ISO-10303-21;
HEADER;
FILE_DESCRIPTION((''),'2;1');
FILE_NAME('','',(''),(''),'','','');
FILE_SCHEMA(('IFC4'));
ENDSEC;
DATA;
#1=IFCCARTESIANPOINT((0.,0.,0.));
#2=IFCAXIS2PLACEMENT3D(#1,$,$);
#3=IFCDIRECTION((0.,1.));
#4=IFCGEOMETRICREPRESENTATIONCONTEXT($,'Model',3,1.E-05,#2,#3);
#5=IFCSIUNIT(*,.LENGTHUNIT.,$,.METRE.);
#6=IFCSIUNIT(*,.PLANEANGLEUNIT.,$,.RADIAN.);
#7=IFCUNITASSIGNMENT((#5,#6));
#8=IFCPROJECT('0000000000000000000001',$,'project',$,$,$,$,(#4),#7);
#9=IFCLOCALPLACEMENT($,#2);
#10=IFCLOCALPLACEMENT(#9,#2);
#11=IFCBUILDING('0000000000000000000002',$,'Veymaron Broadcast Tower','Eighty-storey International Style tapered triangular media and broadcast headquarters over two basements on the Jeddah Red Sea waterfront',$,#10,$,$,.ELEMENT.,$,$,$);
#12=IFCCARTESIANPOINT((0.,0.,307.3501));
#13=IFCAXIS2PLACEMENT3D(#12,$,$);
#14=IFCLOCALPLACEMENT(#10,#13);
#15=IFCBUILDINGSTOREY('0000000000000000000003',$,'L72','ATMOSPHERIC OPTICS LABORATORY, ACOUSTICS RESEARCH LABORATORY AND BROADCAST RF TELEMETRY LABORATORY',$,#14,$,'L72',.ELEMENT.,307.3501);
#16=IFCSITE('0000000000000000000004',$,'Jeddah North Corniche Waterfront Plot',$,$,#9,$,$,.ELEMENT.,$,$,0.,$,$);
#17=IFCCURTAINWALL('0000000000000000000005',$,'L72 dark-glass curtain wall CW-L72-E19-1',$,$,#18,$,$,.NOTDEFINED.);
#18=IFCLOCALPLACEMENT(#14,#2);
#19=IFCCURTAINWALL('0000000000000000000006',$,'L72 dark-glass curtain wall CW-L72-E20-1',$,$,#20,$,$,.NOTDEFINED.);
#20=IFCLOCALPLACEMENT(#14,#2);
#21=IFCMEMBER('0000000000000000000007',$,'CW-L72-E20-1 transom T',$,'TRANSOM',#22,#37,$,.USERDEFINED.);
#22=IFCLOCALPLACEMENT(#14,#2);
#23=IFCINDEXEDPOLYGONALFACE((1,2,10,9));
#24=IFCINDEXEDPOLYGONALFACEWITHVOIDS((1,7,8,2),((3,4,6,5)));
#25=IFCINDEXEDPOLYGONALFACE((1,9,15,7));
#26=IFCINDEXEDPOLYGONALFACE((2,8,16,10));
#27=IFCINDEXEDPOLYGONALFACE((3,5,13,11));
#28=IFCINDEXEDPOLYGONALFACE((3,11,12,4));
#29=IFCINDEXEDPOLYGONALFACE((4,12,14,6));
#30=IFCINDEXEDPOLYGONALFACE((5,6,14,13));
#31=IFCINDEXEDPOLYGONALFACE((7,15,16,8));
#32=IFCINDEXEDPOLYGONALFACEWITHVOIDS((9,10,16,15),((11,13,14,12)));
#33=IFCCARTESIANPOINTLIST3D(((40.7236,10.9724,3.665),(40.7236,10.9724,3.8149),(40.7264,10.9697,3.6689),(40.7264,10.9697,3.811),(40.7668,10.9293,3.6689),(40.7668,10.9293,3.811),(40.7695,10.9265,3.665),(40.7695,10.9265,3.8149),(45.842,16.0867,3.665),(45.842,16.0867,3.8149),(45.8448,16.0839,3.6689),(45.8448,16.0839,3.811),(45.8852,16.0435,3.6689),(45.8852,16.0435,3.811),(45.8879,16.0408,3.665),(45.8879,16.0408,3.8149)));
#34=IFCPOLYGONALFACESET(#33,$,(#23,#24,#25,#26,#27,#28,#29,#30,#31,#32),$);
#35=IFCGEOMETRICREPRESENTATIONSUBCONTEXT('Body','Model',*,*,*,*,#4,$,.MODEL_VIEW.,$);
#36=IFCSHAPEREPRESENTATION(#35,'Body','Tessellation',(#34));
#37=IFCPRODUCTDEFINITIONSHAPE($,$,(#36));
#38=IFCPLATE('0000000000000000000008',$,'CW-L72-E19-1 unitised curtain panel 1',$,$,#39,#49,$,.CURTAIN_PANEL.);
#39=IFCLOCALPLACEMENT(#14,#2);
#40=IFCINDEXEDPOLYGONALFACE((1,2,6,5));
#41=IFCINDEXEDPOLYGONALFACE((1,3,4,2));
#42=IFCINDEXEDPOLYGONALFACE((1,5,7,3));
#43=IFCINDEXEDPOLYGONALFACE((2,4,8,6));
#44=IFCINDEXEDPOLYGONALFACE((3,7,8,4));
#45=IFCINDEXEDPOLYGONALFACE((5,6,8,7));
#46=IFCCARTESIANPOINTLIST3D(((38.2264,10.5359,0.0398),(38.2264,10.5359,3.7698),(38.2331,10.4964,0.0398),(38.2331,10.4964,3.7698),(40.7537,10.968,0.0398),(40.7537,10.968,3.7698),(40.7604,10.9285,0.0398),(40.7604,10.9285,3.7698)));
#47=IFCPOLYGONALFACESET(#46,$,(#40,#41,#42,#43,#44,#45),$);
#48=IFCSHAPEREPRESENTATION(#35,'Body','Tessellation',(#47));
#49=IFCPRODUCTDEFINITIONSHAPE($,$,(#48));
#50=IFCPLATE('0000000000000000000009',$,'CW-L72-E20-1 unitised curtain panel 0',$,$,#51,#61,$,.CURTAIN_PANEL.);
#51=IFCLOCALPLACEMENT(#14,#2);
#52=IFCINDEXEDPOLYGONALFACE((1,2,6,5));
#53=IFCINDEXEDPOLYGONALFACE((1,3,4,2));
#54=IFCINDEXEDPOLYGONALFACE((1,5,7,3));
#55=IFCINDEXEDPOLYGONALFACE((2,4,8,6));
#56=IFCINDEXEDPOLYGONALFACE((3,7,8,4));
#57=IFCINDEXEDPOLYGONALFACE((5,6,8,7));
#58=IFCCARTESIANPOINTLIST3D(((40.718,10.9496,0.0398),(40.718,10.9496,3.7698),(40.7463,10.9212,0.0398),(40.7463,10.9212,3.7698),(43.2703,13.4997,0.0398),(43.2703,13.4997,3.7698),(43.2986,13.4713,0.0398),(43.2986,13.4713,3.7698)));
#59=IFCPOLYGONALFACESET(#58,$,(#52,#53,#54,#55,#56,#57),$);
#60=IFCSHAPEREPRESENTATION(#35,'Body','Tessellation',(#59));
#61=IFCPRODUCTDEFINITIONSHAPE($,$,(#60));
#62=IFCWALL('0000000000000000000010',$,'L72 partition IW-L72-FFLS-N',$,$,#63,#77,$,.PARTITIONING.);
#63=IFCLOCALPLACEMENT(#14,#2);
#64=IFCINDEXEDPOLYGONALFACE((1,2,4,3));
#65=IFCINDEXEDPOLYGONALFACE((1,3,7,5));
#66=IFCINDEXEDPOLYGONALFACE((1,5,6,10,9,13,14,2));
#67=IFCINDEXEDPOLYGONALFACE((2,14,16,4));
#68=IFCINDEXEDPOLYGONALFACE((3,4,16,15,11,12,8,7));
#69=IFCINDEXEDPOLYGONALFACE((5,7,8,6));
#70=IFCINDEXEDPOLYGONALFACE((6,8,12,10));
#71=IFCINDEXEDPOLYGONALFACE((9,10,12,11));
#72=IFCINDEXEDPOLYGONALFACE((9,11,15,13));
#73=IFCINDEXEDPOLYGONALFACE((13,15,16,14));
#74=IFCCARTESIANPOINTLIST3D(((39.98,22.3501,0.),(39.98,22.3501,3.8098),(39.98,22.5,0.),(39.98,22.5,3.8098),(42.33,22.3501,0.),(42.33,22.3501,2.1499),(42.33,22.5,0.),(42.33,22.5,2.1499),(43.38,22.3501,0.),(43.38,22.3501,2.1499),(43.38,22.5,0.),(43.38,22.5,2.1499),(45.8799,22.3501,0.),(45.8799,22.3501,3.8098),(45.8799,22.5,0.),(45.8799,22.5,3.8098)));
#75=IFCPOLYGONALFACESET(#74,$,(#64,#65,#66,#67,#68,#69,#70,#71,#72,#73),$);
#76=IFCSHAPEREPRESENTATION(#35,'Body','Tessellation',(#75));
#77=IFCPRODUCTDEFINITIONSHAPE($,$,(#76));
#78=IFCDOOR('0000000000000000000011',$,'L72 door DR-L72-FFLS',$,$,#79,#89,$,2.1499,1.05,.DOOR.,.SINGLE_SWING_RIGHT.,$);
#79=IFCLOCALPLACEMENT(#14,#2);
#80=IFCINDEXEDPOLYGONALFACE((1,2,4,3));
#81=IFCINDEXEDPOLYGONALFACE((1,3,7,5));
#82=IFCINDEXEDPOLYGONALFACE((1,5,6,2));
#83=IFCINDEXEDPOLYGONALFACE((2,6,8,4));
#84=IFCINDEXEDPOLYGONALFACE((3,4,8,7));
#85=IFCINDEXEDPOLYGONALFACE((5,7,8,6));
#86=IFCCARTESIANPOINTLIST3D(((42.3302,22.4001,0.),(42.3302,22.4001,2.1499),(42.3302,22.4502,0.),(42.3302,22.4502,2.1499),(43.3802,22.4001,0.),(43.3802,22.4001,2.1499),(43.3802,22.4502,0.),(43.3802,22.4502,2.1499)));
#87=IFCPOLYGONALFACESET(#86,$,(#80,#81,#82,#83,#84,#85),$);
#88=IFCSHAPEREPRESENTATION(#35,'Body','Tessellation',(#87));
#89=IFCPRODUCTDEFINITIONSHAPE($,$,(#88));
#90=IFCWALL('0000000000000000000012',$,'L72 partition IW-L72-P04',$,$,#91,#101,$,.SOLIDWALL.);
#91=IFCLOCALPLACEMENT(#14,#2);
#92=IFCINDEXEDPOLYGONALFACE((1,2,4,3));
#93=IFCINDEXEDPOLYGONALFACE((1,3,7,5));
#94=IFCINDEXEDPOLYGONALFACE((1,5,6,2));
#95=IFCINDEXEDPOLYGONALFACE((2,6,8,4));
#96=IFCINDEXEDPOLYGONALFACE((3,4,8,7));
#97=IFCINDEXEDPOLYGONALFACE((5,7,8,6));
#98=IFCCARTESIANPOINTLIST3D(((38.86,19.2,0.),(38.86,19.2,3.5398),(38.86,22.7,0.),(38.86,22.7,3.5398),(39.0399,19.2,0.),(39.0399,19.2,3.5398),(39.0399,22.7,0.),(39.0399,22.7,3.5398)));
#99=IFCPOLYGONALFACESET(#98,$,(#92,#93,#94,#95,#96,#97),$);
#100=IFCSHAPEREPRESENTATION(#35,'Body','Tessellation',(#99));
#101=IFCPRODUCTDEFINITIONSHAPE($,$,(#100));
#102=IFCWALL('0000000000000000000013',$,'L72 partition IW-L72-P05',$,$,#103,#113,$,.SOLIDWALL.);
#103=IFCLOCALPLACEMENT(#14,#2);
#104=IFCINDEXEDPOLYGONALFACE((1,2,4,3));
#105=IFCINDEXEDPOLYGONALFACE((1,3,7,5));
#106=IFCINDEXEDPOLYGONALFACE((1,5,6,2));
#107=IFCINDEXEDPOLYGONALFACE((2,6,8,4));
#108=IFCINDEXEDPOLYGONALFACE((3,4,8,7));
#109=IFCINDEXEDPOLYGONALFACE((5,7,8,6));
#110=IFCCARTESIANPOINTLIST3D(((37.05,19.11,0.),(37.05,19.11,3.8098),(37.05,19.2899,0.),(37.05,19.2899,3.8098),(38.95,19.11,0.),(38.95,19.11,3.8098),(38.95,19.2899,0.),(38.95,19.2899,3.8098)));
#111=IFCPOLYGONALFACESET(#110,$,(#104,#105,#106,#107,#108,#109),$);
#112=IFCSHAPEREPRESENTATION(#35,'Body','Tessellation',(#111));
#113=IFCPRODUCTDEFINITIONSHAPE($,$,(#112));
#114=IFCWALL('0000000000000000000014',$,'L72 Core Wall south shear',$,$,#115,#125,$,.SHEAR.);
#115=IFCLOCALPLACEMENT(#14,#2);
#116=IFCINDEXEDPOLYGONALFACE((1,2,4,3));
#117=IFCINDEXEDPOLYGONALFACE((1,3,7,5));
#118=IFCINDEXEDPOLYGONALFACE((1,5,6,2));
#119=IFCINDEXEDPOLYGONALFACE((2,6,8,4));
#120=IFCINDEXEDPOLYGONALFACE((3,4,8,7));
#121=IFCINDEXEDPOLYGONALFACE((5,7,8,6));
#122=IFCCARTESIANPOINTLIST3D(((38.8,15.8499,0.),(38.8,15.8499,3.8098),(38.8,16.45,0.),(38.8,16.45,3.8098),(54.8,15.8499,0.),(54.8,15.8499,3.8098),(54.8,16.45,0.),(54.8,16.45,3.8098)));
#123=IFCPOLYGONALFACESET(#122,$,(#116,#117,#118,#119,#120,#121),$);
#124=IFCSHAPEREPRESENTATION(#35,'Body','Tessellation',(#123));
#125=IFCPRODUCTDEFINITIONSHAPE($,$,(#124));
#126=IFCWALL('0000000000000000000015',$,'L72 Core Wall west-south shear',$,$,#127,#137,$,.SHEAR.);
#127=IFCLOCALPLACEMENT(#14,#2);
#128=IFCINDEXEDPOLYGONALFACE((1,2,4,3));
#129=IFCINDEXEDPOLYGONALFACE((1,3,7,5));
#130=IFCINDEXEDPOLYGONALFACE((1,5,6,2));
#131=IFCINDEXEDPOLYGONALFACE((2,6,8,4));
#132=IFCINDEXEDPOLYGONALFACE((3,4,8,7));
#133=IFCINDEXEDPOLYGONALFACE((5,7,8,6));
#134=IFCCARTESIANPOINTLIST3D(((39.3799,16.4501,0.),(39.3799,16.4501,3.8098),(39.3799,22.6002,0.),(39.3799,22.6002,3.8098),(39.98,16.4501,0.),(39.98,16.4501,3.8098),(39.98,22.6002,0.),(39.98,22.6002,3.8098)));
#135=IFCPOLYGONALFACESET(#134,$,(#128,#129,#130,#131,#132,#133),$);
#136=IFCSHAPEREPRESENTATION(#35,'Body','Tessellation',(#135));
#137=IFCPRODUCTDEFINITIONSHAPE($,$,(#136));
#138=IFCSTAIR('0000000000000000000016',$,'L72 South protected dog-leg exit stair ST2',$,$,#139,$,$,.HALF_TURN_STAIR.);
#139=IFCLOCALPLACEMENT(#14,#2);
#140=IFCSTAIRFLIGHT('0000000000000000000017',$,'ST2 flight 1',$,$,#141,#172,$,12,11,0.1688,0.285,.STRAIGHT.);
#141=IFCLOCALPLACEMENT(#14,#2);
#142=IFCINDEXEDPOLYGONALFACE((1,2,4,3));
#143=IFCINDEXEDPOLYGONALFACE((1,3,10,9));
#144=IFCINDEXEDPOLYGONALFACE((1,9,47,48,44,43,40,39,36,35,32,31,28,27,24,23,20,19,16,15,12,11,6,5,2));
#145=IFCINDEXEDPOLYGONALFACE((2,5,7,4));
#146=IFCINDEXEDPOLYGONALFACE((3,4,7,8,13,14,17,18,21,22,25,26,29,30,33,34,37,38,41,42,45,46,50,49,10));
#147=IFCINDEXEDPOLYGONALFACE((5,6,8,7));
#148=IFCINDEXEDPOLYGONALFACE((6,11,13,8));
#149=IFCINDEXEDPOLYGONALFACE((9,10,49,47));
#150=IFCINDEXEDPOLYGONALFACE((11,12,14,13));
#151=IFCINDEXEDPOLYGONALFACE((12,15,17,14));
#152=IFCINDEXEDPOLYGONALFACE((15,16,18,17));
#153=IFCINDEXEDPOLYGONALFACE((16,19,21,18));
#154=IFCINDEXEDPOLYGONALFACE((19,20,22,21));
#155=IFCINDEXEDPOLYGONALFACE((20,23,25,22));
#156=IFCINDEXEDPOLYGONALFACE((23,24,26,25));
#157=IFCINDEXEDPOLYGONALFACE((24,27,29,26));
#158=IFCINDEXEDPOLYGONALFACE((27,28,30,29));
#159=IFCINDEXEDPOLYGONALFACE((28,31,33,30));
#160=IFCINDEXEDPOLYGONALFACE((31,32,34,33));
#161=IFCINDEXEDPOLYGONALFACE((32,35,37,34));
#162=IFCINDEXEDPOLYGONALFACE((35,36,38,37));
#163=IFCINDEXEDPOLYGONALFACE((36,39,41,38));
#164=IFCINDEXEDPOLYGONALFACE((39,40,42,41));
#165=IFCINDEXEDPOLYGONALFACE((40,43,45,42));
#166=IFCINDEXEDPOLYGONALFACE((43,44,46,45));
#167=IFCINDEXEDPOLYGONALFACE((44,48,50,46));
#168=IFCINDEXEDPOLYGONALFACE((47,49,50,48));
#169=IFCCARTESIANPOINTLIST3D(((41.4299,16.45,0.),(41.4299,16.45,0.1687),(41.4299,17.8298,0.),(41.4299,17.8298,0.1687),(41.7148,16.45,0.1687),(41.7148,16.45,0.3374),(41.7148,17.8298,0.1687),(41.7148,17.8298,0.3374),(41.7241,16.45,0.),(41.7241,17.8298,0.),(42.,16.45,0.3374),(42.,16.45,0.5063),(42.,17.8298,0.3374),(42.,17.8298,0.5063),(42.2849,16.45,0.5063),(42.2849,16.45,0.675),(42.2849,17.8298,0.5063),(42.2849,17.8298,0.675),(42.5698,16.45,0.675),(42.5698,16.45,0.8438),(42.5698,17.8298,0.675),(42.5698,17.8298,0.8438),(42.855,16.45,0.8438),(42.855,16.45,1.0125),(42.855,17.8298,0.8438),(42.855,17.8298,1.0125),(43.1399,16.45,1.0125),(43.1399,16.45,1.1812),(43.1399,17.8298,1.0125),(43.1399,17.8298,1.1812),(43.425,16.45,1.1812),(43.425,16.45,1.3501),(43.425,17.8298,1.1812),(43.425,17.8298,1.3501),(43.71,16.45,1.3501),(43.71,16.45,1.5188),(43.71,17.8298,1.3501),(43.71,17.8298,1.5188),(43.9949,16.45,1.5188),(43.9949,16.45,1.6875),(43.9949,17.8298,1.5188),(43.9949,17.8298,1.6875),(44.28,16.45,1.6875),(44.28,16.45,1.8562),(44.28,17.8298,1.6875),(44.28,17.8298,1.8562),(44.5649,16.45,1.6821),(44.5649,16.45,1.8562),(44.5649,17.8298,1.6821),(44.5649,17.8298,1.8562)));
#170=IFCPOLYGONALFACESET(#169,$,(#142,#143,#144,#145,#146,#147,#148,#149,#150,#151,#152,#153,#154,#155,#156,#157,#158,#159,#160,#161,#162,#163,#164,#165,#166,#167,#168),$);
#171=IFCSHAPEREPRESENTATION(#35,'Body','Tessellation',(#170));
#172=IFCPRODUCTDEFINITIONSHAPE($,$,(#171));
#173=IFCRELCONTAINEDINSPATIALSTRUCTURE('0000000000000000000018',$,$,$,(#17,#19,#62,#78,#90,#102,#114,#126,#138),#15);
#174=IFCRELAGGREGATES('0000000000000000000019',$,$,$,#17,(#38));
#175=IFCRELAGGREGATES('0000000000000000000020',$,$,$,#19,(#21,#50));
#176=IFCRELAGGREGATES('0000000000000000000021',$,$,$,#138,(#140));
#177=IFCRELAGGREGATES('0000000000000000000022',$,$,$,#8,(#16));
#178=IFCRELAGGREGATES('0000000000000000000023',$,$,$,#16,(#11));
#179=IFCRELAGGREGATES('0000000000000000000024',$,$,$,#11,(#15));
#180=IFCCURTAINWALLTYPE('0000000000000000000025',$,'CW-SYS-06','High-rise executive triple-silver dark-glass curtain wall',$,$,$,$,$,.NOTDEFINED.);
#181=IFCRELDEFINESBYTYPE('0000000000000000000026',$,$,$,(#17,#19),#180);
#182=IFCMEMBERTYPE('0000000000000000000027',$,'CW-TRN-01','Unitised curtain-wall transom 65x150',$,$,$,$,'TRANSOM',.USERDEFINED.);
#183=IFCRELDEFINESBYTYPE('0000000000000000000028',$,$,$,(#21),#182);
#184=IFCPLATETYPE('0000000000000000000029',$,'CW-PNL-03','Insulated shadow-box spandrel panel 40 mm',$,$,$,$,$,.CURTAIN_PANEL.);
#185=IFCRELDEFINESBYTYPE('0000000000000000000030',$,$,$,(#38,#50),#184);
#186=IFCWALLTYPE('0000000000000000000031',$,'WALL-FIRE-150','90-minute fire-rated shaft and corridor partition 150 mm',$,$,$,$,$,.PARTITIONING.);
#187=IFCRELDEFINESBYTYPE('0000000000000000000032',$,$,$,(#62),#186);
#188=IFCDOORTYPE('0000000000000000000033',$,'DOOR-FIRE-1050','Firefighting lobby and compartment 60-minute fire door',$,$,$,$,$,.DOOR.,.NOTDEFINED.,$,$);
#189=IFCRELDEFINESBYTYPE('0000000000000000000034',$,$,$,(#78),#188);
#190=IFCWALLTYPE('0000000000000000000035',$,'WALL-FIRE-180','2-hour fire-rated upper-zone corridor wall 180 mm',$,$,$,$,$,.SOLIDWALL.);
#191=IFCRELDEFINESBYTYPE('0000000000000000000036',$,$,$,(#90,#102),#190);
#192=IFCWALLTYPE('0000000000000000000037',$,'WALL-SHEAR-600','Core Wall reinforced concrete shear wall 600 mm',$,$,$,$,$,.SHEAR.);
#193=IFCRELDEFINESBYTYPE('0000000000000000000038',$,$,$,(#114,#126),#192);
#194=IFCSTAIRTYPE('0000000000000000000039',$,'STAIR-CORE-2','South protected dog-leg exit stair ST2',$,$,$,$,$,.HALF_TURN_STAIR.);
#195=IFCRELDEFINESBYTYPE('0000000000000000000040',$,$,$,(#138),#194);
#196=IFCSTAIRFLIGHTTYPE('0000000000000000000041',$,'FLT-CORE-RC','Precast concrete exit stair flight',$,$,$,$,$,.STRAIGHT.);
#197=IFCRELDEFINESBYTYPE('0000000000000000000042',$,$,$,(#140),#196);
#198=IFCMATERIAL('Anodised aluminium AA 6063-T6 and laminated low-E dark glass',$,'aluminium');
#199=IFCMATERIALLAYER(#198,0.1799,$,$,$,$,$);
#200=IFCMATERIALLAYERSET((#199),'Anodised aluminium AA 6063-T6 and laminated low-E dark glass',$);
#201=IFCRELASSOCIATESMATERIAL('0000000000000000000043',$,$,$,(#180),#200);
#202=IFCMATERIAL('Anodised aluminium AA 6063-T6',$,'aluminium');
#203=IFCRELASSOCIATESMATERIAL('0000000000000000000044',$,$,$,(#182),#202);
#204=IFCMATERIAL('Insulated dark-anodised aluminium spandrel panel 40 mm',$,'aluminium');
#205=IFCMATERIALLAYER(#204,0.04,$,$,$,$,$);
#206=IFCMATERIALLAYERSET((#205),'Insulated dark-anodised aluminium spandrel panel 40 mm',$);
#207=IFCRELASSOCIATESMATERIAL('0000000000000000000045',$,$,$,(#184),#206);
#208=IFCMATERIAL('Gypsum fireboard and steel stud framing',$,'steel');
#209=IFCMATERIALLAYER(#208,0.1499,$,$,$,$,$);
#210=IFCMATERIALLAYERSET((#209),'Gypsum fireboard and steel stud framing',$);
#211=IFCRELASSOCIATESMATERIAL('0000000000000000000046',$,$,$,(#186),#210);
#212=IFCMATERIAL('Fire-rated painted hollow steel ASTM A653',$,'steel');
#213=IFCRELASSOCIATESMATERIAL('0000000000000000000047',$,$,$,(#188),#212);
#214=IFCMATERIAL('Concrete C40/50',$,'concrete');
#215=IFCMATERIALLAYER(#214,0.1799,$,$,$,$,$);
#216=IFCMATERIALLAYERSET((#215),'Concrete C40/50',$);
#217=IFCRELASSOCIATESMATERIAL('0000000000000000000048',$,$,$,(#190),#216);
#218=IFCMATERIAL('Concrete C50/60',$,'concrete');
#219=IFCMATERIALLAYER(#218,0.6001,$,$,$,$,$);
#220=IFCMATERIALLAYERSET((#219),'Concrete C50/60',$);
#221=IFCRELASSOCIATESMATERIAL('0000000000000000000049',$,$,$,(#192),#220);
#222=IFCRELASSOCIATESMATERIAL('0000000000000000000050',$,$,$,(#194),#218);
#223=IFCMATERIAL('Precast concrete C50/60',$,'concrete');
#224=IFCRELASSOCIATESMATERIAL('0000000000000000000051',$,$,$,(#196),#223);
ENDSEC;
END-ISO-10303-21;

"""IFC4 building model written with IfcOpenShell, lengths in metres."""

from ifc_helpers import new_model, si_unit, direction, frame, frame_2d, origin, origin_2d, place, context, subcontext, project, spatial, polyline, rectangle, hollow_rectangle, outline, extrude, material, layer, layer_set, material_profile, profile_set, type_object, element, fill, aggregate, save


model = new_model("IFC4")

# Units and contexts
model_context = context("Model", 3, precision=1e-05, world=origin(), true_north=direction((0.0, 1.0)))
body_context = subcontext(model_context, "Body", "Model", "MODEL_VIEW")
ifc_project = project(units=[si_unit("LENGTHUNIT", "METRE"), si_unit("PLANEANGLEUNIT", "RADIAN")], contexts=[model_context])

# Site, building, storey
site_placement = place(None, origin())
site = spatial("IfcSite", under=ifc_project, at=site_placement, Name="Jeddah North Corniche Waterfront Plot", CompositionType="ELEMENT", RefElevation=0.0)
building_placement = place(site_placement, origin())
building = spatial("IfcBuilding", under=site, at=building_placement, Name="Veymaron Broadcast Tower", Description="Eighty-storey International Style tapered triangular media and broadcast headquarters over two basements on the Jeddah Red Sea waterfront", CompositionType="ELEMENT")
storey_placement = place(building_placement, frame((0.0, 0.0, 307.3501)))
storey = spatial("IfcBuildingStorey", under=building, at=storey_placement, Name="L72", Description="ATMOSPHERIC OPTICS LABORATORY, ACOUSTICS RESEARCH LABORATORY AND BROADCAST RF TELEMETRY LABORATORY", LongName="L72", CompositionType="ELEMENT", Elevation=307.3501)

# Curtain walls, member
ifc_material_1 = material(Name="Anodised aluminium AA 6063-T6 and laminated low-E dark glass", Category="aluminium")
ifc_layer_1 = layer(ifc_material_1, 0.1799)
ifc_layer_set_1 = layer_set([ifc_layer_1], Name="Anodised aluminium AA 6063-T6 and laminated low-E dark glass")
curtain_wall_type = type_object("IfcCurtainWallType", Name="CW-SYS-06", Description="High-rise executive triple-silver dark-glass curtain wall", PredefinedType="NOTDEFINED", material=ifc_layer_set_1)
curtain_wall_1_placement = place(storey_placement, origin())
curtain_wall_1 = element("IfcCurtainWall", 1, at=curtain_wall_1_placement, inside=storey, type_object=curtain_wall_type, Name="L72 dark-glass curtain wall CW-L72-E19-1", PredefinedType="NOTDEFINED")
ifc_material_2 = material(Name="Anodised aluminium AA 6063-T6", Category="aluminium")
curtain_wall_2_placement = place(storey_placement, origin())
curtain_wall_2 = element("IfcCurtainWall", 2, at=curtain_wall_2_placement, inside=storey, type_object=curtain_wall_type, Name="L72 dark-glass curtain wall CW-L72-E20-1", PredefinedType="NOTDEFINED")
ifc_material_profile_1 = material_profile(ifc_material_2, hollow_rectangle(XDim=0.0649, YDim=0.1499, WallThickness=0.0039, at=origin_2d()), Name="AL150X65X4")
ifc_profile_set_1 = profile_set([ifc_material_profile_1], Name="Anodised aluminium AA 6063-T6")
member_type_1 = type_object("IfcMemberType", Name="CW-TRN-01", Description="Unitised curtain-wall transom 65x150", ElementType="TRANSOM", PredefinedType="USERDEFINED", material=ifc_profile_set_1)
member_1_placement = place(storey_placement, frame((40.7466, 10.9495, 3.74), z_axis=(0.707394, 0.70682, 0.0), x_axis=(-0.70682, 0.707394, 0.0)))
member_1 = element("IfcMember", 3, at=member_1_placement, type_object=member_type_1, Name="CW-L72-E20-1 transom T", ObjectType="TRANSOM", PredefinedType="USERDEFINED", context=body_context, shape_type="SweptSolid", body=[
    extrude(hollow_rectangle(XDim=0.0649, YDim=0.1499, WallThickness=0.0039, at=origin_2d()), origin(), (0.0, 0.0, 1.0), 7.2356),
])

# Plates
ifc_material_3 = material(Name="Insulated dark-anodised aluminium spandrel panel 40 mm", Category="aluminium")
ifc_layer_2 = layer(ifc_material_3, 0.04)
ifc_layer_set_2 = layer_set([ifc_layer_2], Name="Insulated dark-anodised aluminium spandrel panel 40 mm")
plate_type = type_object("IfcPlateType", Name="CW-PNL-03", Description="Insulated shadow-box spandrel panel 40 mm", PredefinedType="CURTAIN_PANEL", material=ifc_layer_set_2)
plate_1_placement = place(storey_placement, frame((39.4934, 10.7322, 0.0398), z_axis=(0.0, 0.0, 1.0), x_axis=(0.985698, 0.168524, 0.0)))
plate_1 = element("IfcPlate", 4, at=plate_1_placement, type_object=plate_type, Name="CW-L72-E19-1 unitised curtain panel 1", PredefinedType="CURTAIN_PANEL", context=body_context, shape_type="SweptSolid", body=[
    extrude(rectangle(XDim=2.564, YDim=0.04, at=origin_2d()), origin(), (0.0, 0.0, 1.0), 3.73),
])
aggregate(curtain_wall_1, [plate_1])
plate_2_placement = place(storey_placement, frame((42.0083, 12.2104, 0.0398), z_axis=(0.0, 0.0, 1.0), x_axis=(0.707403, 0.706811, 0.0)))
plate_2 = element("IfcPlate", 5, at=plate_2_placement, type_object=plate_type, Name="CW-L72-E20-1 unitised curtain panel 0", PredefinedType="CURTAIN_PANEL", context=body_context, shape_type="SweptSolid", body=[
    extrude(rectangle(XDim=3.6079, YDim=0.04, at=origin_2d()), origin(), (0.0, 0.0, 1.0), 3.73),
])
aggregate(curtain_wall_2, [member_1, plate_2])

# Wall, opening, door
ifc_material_4 = material(Name="Gypsum fireboard and steel stud framing", Category="steel")
ifc_layer_3 = layer(ifc_material_4, 0.1499)
ifc_layer_set_3 = layer_set([ifc_layer_3], Name="Gypsum fireboard and steel stud framing")
wall_type_1 = type_object("IfcWallType", Name="WALL-FIRE-150", Description="90-minute fire-rated shaft and corridor partition 150 mm", PredefinedType="PARTITIONING", material=ifc_layer_set_3)
wall_1_placement = place(storey_placement, frame((39.98, 22.425, 0.0), z_axis=(0.0, 0.0, 1.0), x_axis=(1.0, 0.0, 0.0)))
wall_1 = element("IfcWall", 6, at=wall_1_placement, inside=storey, type_object=wall_type_1, Name="L72 partition IW-L72-FFLS-N", PredefinedType="PARTITIONING", context=body_context, shape_type="SweptSolid", body=[
    extrude(rectangle(XDim=5.8999, YDim=0.1499, at=frame_2d((2.95, 0.0))), origin(), (0.0, 0.0, 1.0), 3.8098),
])
opening_1_placement = place(wall_1_placement, frame((2.3501, 0.0, 0.0)))
opening_1 = element("IfcOpeningElement", 7, at=opening_1_placement, cuts=wall_1, PredefinedType="OPENING", context=body_context, shape_type="SweptSolid", body=[
    extrude(rectangle(XDim=1.05, YDim=2.1499, at=frame_2d((0.5249, 1.075))), frame((0.0, 0.085, 0.0), z_axis=(0.0, -1.0, 0.0), x_axis=(1.0, 0.0, 0.0)), (0.0, 0.0, 1.0), 0.1699),
])
ifc_material_5 = material(Name="Fire-rated painted hollow steel ASTM A653", Category="steel")
door_type_1 = type_object("IfcDoorType", Name="DOOR-FIRE-1050", Description="Firefighting lobby and compartment 60-minute fire door", OperationType="NOTDEFINED", PredefinedType="DOOR", material=ifc_material_5)
door_1_placement = place(opening_1_placement, frame((1.05, 0.0, 0.0), z_axis=(0.0, 0.0, 1.0), x_axis=(-1.0, 0.0, 0.0)))
door_1 = element("IfcDoor", 8, at=door_1_placement, inside=storey, type_object=door_type_1, Name="L72 door DR-L72-FFLS", OperationType="SINGLE_SWING_RIGHT", OverallHeight=2.1499, OverallWidth=1.05, PredefinedType="DOOR", context=body_context, shape_type="SweptSolid", body=[
    extrude(rectangle(XDim=1.05, YDim=2.1499, at=frame_2d((0.5249, 1.075))), frame((0.0, 0.0249, 0.0), z_axis=(0.0, -1.0, 0.0), x_axis=(1.0, 0.0, 0.0)), (0.0, 0.0, 1.0), 0.05),
])
fill(opening_1, door_1)

# Walls
ifc_material_6 = material(Name="Concrete C40/50", Category="concrete")
ifc_layer_4 = layer(ifc_material_6, 0.1799)
ifc_layer_set_4 = layer_set([ifc_layer_4], Name="Concrete C40/50")
wall_type_2 = type_object("IfcWallType", Name="WALL-FIRE-180", Description="2-hour fire-rated upper-zone corridor wall 180 mm", PredefinedType="SOLIDWALL", material=ifc_layer_set_4)
wall_2_placement = place(storey_placement, frame((38.95, 19.2, 0.0), z_axis=(0.0, 0.0, 1.0), x_axis=(0.0, 1.0, 0.0)))
element("IfcWall", 9, at=wall_2_placement, inside=storey, type_object=wall_type_2, Name="L72 partition IW-L72-P04", PredefinedType="SOLIDWALL", context=body_context, shape_type="SweptSolid", body=[
    extrude(rectangle(XDim=3.5, YDim=0.1799, at=frame_2d((1.75, 0.0))), origin(), (0.0, 0.0, 1.0), 3.5398),
])
wall_3_placement = place(storey_placement, frame((37.05, 19.2, 0.0), z_axis=(0.0, 0.0, 1.0), x_axis=(1.0, 0.0, 0.0)))
element("IfcWall", 10, at=wall_3_placement, inside=storey, type_object=wall_type_2, Name="L72 partition IW-L72-P05", PredefinedType="SOLIDWALL", context=body_context, shape_type="SweptSolid", body=[
    extrude(rectangle(XDim=1.8999, YDim=0.1799, at=frame_2d((0.95, 0.0))), origin(), (0.0, 0.0, 1.0), 3.8098),
])

# Shared definitions
ifc_material_7 = material(Name="Concrete C50/60", Category="concrete")

# Walls
ifc_layer_5 = layer(ifc_material_7, 0.6001)
ifc_layer_set_5 = layer_set([ifc_layer_5], Name="Concrete C50/60")
wall_type_3 = type_object("IfcWallType", Name="WALL-SHEAR-600", Description="Core Wall reinforced concrete shear wall 600 mm", PredefinedType="SHEAR", material=ifc_layer_set_5)
wall_4_placement = place(storey_placement, frame((38.8, 16.1499, 0.0), z_axis=(0.0, 0.0, 1.0), x_axis=(1.0, 0.0, 0.0)))
element("IfcWall", 11, at=wall_4_placement, inside=storey, type_object=wall_type_3, Name="L72 Core Wall south shear", PredefinedType="SHEAR", context=body_context, shape_type="SweptSolid", body=[
    extrude(rectangle(XDim=16.0, YDim=0.6001, at=frame_2d((8.0, 0.0))), origin(), (0.0, 0.0, 1.0), 3.8098),
])
wall_5_placement = place(storey_placement, frame((39.6799, 16.45, 0.0), z_axis=(0.0, 0.0, 1.0), x_axis=(0.0, 1.0, 0.0)))
element("IfcWall", 12, at=wall_5_placement, inside=storey, type_object=wall_type_3, Name="L72 Core Wall west-south shear", PredefinedType="SHEAR", context=body_context, shape_type="SweptSolid", body=[
    extrude(rectangle(XDim=6.1501, YDim=0.6001, at=frame_2d((3.0752, 0.0))), origin(), (0.0, 0.0, 1.0), 3.8098),
])

# Stair, stair flight
stair_type = type_object("IfcStairType", Name="STAIR-CORE-2", Description="South protected dog-leg exit stair ST2", PredefinedType="HALF_TURN_STAIR", material=ifc_material_7)
stair_placement = place(storey_placement, origin())
stair = element("IfcStair", 13, at=stair_placement, inside=storey, type_object=stair_type, Name="L72 South protected dog-leg exit stair ST2", PredefinedType="HALF_TURN_STAIR")
ifc_material_8 = material(Name="Precast concrete C50/60", Category="concrete")
stair_flight_type = type_object("IfcStairFlightType", Name="FLT-CORE-RC", Description="Precast concrete exit stair flight", PredefinedType="STRAIGHT", material=ifc_material_8)
stair_flight_1_placement = place(storey_placement, frame((41.4299, 17.1399, 0.0), z_axis=(0.0, 0.0, 1.0), x_axis=(1.0, 0.0, 0.0)))
stair_flight_1 = element("IfcStairFlight", 14, at=stair_flight_1_placement, type_object=stair_flight_type, Name="ST2 flight 1", NumberOfRisers=12, NumberOfTreads=11, PredefinedType="STRAIGHT", RiserHeight=0.1688, TreadLength=0.285, context=body_context, shape_type="SweptSolid", body=[
    extrude(outline(polyline([(0.0, 0.0), (0.0, 0.1687), (0.2849, 0.1687), (0.2849, 0.3374), (0.5701, 0.3374), (0.5701, 0.5063), (0.855, 0.5063), (0.855, 0.675), (1.1399, 0.675), (1.1399, 0.8438), (1.425, 0.8438), (1.425, 1.0125), (1.71, 1.0125), (1.71, 1.1812), (1.9951, 1.1812), (1.9951, 1.3501), (2.28, 1.3501), (2.28, 1.5188), (2.5649, 1.5188), (2.5649, 1.6875), (2.8501, 1.6875), (2.8501, 1.8562), (3.135, 1.8562), (3.135, 2.0249), (3.135, 1.6821), (0.2942, 0.0), (0.0, 0.0)])), frame((0.0, 0.6899, 0.0), z_axis=(0.0, -1.0, 0.0), x_axis=(1.0, 0.0, 0.0)), (0.0, 0.0, 1.0), 1.3799),
])
aggregate(stair, [stair_flight_1])

save(model, "model.ifc")
